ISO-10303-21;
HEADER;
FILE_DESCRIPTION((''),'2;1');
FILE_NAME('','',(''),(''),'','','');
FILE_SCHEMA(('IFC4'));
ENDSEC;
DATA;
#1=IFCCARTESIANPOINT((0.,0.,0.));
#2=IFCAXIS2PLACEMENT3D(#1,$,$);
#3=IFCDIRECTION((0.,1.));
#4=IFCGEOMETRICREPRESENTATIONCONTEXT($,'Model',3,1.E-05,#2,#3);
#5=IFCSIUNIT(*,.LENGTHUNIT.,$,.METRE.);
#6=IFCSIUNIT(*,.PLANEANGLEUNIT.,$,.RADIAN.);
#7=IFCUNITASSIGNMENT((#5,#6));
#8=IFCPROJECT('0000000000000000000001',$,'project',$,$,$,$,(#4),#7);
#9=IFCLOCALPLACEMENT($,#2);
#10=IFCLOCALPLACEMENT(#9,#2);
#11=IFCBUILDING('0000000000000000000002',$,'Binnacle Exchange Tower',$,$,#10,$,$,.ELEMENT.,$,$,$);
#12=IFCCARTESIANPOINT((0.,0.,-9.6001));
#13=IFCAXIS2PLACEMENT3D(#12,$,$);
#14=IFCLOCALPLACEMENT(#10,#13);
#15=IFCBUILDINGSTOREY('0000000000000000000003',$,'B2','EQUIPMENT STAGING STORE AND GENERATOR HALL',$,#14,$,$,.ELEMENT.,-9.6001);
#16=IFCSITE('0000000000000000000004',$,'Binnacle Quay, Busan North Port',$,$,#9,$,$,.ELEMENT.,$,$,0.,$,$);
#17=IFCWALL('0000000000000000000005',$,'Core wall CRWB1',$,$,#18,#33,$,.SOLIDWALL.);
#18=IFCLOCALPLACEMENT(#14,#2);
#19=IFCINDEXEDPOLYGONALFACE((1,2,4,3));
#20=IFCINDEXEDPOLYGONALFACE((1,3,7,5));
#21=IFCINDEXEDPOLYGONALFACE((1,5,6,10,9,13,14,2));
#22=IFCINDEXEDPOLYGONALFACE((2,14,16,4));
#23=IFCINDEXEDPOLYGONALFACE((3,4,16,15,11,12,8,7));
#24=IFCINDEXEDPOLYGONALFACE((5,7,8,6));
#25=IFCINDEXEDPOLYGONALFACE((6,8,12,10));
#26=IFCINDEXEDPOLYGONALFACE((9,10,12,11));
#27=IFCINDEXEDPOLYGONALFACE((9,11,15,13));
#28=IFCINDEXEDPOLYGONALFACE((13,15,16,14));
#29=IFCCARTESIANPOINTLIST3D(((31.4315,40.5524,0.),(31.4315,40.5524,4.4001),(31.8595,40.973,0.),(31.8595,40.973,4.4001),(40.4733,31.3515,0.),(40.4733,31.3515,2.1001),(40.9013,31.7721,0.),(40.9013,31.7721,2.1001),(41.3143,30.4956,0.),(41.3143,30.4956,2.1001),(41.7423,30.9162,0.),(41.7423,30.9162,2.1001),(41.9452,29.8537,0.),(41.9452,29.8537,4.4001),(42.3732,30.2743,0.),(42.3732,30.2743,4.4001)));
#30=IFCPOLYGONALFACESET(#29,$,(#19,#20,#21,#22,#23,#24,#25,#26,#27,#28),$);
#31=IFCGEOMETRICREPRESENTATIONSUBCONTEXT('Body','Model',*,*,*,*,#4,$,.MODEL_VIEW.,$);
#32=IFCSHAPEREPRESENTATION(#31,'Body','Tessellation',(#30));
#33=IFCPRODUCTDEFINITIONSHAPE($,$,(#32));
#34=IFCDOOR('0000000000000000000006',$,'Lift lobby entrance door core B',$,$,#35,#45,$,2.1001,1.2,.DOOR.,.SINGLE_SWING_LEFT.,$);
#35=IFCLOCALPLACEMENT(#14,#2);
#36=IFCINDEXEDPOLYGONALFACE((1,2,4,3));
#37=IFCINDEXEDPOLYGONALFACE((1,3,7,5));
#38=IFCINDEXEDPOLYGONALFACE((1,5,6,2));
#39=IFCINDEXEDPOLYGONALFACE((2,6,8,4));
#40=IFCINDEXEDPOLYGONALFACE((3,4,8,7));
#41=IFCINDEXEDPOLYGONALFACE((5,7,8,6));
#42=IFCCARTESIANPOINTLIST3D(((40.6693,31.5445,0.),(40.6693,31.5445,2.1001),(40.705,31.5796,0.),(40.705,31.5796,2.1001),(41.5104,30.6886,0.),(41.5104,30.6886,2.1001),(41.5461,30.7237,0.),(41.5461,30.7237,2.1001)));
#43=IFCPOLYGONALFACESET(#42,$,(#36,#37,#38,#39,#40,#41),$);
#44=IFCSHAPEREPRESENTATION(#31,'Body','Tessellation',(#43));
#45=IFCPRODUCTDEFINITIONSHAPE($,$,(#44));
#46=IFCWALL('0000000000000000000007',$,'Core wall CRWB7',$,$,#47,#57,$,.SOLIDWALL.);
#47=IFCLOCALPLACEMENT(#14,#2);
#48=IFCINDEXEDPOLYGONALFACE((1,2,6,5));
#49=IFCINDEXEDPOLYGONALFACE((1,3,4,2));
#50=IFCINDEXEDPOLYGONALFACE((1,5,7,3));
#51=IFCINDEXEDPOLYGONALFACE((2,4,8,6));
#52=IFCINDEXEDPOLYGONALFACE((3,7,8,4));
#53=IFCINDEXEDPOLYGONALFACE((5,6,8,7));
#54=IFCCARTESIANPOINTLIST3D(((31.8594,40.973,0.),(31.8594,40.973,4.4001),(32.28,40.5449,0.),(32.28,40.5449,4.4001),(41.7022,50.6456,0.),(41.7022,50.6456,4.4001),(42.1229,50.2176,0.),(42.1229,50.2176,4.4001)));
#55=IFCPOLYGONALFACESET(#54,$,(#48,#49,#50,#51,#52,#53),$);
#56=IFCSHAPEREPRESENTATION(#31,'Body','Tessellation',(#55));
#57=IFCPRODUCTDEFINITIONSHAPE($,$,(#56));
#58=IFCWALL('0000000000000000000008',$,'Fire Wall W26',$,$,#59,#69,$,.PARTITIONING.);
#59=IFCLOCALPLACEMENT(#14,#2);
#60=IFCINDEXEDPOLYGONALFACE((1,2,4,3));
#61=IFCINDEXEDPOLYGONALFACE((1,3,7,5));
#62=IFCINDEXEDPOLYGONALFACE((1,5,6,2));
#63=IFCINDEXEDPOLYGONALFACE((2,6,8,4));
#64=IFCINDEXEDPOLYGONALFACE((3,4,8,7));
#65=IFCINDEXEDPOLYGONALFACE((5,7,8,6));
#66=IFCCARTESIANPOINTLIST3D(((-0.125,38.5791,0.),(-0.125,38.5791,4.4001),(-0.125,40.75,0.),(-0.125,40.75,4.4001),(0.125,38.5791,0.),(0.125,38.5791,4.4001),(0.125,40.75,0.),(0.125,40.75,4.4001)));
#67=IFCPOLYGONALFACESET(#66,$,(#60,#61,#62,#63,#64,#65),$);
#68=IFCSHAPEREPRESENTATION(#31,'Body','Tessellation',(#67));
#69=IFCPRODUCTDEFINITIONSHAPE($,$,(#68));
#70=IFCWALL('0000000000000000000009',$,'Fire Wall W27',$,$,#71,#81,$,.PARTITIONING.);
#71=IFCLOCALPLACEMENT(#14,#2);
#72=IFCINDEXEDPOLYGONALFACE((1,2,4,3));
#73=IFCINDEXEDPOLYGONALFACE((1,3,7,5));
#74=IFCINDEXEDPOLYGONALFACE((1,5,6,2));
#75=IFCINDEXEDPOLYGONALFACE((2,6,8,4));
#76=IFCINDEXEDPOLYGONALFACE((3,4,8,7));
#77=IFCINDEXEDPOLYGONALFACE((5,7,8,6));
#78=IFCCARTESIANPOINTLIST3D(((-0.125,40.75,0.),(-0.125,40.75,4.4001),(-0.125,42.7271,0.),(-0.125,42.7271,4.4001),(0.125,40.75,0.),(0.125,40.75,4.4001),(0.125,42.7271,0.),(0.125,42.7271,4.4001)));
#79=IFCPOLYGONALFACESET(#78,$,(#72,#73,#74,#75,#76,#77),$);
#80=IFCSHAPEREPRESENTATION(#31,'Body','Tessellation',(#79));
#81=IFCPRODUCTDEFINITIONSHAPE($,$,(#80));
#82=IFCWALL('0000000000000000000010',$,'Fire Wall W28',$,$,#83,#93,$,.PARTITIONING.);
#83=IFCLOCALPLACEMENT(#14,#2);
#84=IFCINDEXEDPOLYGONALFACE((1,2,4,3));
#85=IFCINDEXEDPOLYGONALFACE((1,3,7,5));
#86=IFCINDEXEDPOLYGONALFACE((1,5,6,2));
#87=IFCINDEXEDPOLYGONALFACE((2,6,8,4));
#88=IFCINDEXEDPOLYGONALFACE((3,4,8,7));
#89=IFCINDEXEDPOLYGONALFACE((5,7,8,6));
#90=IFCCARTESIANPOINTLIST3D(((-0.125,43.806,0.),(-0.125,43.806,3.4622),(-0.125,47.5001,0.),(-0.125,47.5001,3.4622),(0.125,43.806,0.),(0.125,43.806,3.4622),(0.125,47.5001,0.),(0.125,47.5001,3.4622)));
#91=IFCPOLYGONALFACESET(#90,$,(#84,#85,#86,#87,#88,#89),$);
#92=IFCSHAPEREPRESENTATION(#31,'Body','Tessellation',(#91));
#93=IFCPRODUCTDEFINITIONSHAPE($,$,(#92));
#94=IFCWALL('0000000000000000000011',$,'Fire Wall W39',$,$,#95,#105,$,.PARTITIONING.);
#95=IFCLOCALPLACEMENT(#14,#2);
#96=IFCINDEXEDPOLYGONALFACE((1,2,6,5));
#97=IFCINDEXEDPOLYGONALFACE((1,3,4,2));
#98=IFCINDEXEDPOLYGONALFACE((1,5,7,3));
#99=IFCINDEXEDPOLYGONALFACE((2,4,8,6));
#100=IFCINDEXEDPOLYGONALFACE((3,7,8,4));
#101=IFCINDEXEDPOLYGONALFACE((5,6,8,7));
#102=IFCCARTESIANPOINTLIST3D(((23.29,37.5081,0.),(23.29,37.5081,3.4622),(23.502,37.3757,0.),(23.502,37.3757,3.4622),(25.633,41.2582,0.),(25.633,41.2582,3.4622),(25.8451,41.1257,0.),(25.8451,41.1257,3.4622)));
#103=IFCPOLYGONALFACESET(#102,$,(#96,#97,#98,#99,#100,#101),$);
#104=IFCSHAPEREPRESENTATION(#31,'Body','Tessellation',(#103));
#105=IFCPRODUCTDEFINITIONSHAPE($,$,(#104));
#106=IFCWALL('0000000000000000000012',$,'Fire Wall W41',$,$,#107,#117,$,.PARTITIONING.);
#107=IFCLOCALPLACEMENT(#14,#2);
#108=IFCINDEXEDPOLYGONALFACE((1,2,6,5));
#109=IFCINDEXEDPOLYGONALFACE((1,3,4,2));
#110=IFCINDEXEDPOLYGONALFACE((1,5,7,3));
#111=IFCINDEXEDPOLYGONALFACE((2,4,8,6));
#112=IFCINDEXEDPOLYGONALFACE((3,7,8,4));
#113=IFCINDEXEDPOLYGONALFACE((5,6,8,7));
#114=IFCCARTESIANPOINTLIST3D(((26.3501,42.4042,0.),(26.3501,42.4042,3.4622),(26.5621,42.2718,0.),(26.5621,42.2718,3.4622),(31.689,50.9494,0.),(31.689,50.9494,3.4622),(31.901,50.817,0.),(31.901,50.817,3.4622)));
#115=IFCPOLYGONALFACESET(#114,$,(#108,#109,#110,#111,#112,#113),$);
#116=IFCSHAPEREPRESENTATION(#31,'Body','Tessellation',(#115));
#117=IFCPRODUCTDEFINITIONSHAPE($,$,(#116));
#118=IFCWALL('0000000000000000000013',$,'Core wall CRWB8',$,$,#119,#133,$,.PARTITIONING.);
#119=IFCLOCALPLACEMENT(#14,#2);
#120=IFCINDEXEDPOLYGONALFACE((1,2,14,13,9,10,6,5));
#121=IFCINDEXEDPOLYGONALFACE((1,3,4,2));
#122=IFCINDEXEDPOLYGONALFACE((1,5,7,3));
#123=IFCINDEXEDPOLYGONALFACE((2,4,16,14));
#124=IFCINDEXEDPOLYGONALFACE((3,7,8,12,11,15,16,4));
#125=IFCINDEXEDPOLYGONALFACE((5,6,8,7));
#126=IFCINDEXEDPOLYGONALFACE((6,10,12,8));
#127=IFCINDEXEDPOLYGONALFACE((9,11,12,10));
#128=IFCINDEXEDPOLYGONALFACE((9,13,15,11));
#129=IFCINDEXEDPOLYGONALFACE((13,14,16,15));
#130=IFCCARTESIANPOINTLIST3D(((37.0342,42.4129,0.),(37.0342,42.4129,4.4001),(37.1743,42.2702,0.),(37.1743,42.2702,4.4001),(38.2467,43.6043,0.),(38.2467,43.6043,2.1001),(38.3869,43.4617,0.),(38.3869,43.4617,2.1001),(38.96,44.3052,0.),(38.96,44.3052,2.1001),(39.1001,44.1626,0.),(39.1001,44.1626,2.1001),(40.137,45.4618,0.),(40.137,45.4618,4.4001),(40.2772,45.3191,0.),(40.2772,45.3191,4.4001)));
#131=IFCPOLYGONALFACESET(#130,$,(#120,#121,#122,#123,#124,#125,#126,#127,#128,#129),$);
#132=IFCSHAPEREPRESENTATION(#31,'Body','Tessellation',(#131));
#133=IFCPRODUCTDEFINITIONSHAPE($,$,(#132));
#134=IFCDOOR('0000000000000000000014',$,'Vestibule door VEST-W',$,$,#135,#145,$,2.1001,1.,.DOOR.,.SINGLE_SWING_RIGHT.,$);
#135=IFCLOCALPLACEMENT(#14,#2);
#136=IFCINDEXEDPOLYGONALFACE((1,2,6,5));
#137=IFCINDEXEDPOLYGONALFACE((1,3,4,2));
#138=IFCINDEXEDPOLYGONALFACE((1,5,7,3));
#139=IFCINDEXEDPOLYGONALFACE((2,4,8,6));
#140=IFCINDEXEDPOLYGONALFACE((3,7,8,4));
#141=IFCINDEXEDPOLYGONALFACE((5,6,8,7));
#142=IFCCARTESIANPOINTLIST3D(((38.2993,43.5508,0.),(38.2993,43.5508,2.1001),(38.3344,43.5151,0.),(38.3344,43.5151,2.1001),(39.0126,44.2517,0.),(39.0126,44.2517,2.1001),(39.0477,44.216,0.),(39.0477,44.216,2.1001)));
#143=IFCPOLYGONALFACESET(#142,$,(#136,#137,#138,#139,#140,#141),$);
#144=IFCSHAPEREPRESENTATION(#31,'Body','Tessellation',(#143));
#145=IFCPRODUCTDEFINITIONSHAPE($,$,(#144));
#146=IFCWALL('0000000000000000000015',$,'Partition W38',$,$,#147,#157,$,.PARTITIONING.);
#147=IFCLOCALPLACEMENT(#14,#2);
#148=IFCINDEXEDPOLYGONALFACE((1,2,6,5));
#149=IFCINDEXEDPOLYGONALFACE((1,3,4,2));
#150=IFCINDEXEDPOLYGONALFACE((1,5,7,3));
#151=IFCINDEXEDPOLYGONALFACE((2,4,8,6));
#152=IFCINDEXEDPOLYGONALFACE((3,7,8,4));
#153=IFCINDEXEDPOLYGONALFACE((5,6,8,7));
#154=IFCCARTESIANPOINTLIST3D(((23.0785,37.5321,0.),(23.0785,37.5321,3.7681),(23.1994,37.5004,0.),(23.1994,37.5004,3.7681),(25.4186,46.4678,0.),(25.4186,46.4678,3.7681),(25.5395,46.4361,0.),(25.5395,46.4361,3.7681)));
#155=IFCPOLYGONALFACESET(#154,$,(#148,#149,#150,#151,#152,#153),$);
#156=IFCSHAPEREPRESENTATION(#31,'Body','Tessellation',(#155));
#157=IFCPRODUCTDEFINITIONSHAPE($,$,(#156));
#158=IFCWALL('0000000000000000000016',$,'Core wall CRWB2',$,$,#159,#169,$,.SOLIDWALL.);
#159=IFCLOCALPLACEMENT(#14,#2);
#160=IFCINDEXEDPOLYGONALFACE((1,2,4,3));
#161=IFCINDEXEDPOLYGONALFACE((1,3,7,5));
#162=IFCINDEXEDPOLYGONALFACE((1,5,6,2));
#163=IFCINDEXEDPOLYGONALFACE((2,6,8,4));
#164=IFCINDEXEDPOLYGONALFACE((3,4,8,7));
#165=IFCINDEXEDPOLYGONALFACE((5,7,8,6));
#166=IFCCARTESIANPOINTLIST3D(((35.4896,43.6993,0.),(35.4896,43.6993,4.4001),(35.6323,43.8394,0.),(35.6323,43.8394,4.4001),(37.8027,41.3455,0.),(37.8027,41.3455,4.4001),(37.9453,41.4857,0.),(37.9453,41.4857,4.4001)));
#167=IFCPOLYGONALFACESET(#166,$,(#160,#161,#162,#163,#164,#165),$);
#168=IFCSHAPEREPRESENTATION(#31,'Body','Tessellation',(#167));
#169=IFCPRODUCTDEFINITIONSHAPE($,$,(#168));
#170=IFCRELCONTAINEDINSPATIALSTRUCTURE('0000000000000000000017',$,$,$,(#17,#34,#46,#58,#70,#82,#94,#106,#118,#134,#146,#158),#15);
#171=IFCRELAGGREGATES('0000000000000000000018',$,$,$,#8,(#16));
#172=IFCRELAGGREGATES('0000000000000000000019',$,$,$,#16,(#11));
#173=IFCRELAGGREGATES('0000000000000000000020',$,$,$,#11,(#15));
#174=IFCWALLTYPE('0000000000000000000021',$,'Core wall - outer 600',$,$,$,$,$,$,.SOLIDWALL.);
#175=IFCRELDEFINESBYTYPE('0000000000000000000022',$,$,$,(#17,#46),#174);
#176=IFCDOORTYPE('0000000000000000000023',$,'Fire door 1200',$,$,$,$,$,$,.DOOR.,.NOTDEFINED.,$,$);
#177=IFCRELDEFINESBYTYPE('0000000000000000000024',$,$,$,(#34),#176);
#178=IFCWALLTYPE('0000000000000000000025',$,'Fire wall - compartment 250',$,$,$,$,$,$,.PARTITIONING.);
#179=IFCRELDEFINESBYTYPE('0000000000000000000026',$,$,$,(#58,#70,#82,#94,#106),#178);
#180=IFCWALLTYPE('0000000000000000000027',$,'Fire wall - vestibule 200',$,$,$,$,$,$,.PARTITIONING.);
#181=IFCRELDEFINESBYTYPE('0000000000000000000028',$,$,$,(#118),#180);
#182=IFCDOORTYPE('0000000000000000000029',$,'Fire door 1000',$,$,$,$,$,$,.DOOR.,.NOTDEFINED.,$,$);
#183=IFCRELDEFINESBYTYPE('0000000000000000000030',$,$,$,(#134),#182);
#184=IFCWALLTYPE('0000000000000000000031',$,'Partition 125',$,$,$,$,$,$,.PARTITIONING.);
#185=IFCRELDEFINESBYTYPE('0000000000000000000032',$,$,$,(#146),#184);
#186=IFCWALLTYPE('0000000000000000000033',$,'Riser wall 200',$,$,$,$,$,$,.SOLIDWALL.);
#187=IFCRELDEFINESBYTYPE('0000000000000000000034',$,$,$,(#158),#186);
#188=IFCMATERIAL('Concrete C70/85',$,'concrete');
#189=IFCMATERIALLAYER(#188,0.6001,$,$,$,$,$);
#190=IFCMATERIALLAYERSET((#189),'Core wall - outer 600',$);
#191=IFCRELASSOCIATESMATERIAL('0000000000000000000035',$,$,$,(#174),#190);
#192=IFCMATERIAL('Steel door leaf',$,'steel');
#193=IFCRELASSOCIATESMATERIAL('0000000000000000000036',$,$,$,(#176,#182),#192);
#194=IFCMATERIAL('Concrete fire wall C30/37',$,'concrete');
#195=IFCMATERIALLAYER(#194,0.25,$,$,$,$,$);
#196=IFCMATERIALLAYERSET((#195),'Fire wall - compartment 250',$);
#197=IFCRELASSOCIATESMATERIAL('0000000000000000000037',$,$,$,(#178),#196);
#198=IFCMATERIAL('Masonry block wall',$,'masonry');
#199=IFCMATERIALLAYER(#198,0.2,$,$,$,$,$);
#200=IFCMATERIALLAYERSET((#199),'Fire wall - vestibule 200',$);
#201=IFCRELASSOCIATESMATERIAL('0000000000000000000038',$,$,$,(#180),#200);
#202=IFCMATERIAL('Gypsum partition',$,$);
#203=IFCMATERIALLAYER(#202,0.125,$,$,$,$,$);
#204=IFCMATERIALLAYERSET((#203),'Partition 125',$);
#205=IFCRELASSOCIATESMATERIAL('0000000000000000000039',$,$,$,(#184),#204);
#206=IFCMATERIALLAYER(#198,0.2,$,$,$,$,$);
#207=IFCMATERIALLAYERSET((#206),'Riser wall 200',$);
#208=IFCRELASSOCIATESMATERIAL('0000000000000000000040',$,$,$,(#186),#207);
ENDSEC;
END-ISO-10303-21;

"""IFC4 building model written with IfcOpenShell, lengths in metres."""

from ifc_helpers import new_model, si_unit, direction, frame, frame_2d, origin, place, context, subcontext, project, spatial, rectangle, extrude, material, layer, layer_set, type_object, element, fill, save


model = new_model("IFC4")

# Units and contexts
model_context = context("Model", 3, precision=1e-05, world=origin(), true_north=direction((0.0, 1.0)))
body_context = subcontext(model_context, "Body", "Model", "MODEL_VIEW")
ifc_project = project(units=[si_unit("LENGTHUNIT", "METRE"), si_unit("PLANEANGLEUNIT", "RADIAN")], contexts=[model_context])

# Site, building, storey
site_placement = place(None, origin())
site = spatial("IfcSite", under=ifc_project, at=site_placement, Name="Binnacle Quay, Busan North Port", CompositionType="ELEMENT", RefElevation=0.0)
building_placement = place(site_placement, origin())
building = spatial("IfcBuilding", under=site, at=building_placement, Name="Binnacle Exchange Tower", CompositionType="ELEMENT")
storey_placement = place(building_placement, frame((0.0, 0.0, -9.6001)))
storey = spatial("IfcBuildingStorey", under=building, at=storey_placement, Name="B2", Description="EQUIPMENT STAGING STORE AND GENERATOR HALL", CompositionType="ELEMENT", Elevation=-9.6001)

# Shared definitions
ifc_material_1 = material(Name="Concrete C70/85", Category="concrete")

# Wall, opening, door
ifc_layer_1 = layer(ifc_material_1, 0.6001)
ifc_layer_set_1 = layer_set([ifc_layer_1], Name="Core wall - outer 600")
wall_type_1 = type_object("IfcWallType", Name="Core wall - outer 600", PredefinedType="SOLIDWALL", material=ifc_layer_set_1)
wall_1_placement = place(storey_placement, frame((31.6455, 40.7627, 0.0), z_axis=(0.0, 0.0, 1.0), x_axis=(0.700911, -0.713248, 0.0)))
wall_1 = element("IfcWall", 1, at=wall_1_placement, inside=storey, type_object=wall_type_1, Name="Core wall CRWB1", PredefinedType="SOLIDWALL", context=body_context, shape_type="SweptSolid", body=[
    extrude(rectangle(XDim=15.0, YDim=0.6001, at=frame_2d((7.5, 0.0))), origin(), (0.0, 0.0, 1.0), 4.4001),
])
opening_1_placement = place(wall_1_placement, frame((12.8999, 0.0, 0.0)))
opening_1 = element("IfcOpeningElement", 2, at=opening_1_placement, cuts=wall_1, PredefinedType="OPENING", context=body_context, shape_type="SweptSolid", body=[
    extrude(rectangle(XDim=1.2, YDim=2.1001, at=frame_2d((0.6001, 1.05))), frame((0.0, 0.3101, 0.0), z_axis=(0.0, -1.0, 0.0), x_axis=(1.0, 0.0, 0.0)), (0.0, 0.0, 1.0), 0.6201),
])
ifc_material_2 = material(Name="Steel door leaf", Category="steel")
door_type_1 = type_object("IfcDoorType", Name="Fire door 1200", OperationType="NOTDEFINED", PredefinedType="DOOR", material=ifc_material_2)
door_1_placement = place(opening_1_placement, frame((1.2, 0.0, 0.0), z_axis=(0.0, 0.0, 1.0), x_axis=(-1.0, 0.0, 0.0)))
door_1 = element("IfcDoor", 3, at=door_1_placement, inside=storey, type_object=door_type_1, Name="Lift lobby entrance door core B", OperationType="SINGLE_SWING_LEFT", OverallHeight=2.1001, OverallWidth=1.2, PredefinedType="DOOR", context=body_context, shape_type="SweptSolid", body=[
    extrude(rectangle(XDim=1.2, YDim=2.1001, at=frame_2d((0.6001, 1.05))), frame((0.0, 0.0249, 0.0), z_axis=(0.0, -1.0, 0.0), x_axis=(1.0, 0.0, 0.0)), (0.0, 0.0, 1.0), 0.05),
])
fill(opening_1, door_1)

# Walls
wall_2_placement = place(storey_placement, frame((32.0698, 40.759, 0.0), z_axis=(0.0, 0.0, 1.0), x_axis=(0.713245, 0.700914, 0.0)))
element("IfcWall", 4, at=wall_2_placement, inside=storey, type_object=wall_type_1, Name="Core wall CRWB7", PredefinedType="SOLIDWALL", context=body_context, shape_type="SweptSolid", body=[
    extrude(rectangle(XDim=13.8, YDim=0.6001, at=frame_2d((6.8999, 0.0))), origin(), (0.0, 0.0, 1.0), 4.4001),
])
ifc_material_3 = material(Name="Concrete fire wall C30/37", Category="concrete")
ifc_layer_2 = layer(ifc_material_3, 0.25)
ifc_layer_set_2 = layer_set([ifc_layer_2], Name="Fire wall - compartment 250")
wall_type_2 = type_object("IfcWallType", Name="Fire wall - compartment 250", PredefinedType="PARTITIONING", material=ifc_layer_set_2)
wall_3_placement = place(storey_placement, frame((0.0, 38.5791, 0.0), z_axis=(0.0, 0.0, 1.0), x_axis=(0.0, 1.0, 0.0)))
element("IfcWall", 5, at=wall_3_placement, inside=storey, type_object=wall_type_2, Name="Fire Wall W26", PredefinedType="PARTITIONING", context=body_context, shape_type="SweptSolid", body=[
    extrude(rectangle(XDim=2.1709, YDim=0.25, at=frame_2d((1.0854, 0.0))), origin(), (0.0, 0.0, 1.0), 4.4001),
])
wall_4_placement = place(storey_placement, frame((0.0, 40.75, 0.0), z_axis=(0.0, 0.0, 1.0), x_axis=(0.0, 1.0, 0.0)))
element("IfcWall", 6, at=wall_4_placement, inside=storey, type_object=wall_type_2, Name="Fire Wall W27", PredefinedType="PARTITIONING", context=body_context, shape_type="SweptSolid", body=[
    extrude(rectangle(XDim=1.9771, YDim=0.25, at=frame_2d((0.9885, 0.0))), origin(), (0.0, 0.0, 1.0), 4.4001),
])
wall_5_placement = place(storey_placement, frame((0.0, 43.8059, 0.0), z_axis=(0.0, 0.0, 1.0), x_axis=(0.0, 1.0, 0.0)))
element("IfcWall", 7, at=wall_5_placement, inside=storey, type_object=wall_type_2, Name="Fire Wall W28", PredefinedType="PARTITIONING", context=body_context, shape_type="SweptSolid", body=[
    extrude(rectangle(XDim=3.6941, YDim=0.25, at=frame_2d((1.8472, 0.0))), origin(), (0.0, 0.0, 1.0), 3.4622),
])
wall_6_placement = place(storey_placement, frame((23.396, 37.4419, 0.0), z_axis=(0.0, 0.0, 1.0), x_axis=(0.52988, 0.848073, 0.0)))
element("IfcWall", 8, at=wall_6_placement, inside=storey, type_object=wall_type_2, Name="Fire Wall W39", PredefinedType="PARTITIONING", context=body_context, shape_type="SweptSolid", body=[
    extrude(rectangle(XDim=4.4219, YDim=0.25, at=frame_2d((2.2109, 0.0))), origin(), (0.0, 0.0, 1.0), 3.4622),
])
wall_7_placement = place(storey_placement, frame((26.4561, 42.3379, 0.0), z_axis=(0.0, 0.0, 1.0), x_axis=(0.529866, 0.848081, 0.0)))
element("IfcWall", 9, at=wall_7_placement, inside=storey, type_object=wall_type_2, Name="Fire Wall W41", PredefinedType="PARTITIONING", context=body_context, shape_type="SweptSolid", body=[
    extrude(rectangle(XDim=10.0759, YDim=0.25, at=frame_2d((5.0381, 0.0))), origin(), (0.0, 0.0, 1.0), 3.4622),
])

# Wall, opening, door
ifc_material_4 = material(Name="Masonry block wall", Category="masonry")
ifc_layer_3 = layer(ifc_material_4, 0.2)
ifc_layer_set_3 = layer_set([ifc_layer_3], Name="Fire wall - vestibule 200")
wall_type_3 = type_object("IfcWallType", Name="Fire wall - vestibule 200", PredefinedType="PARTITIONING", material=ifc_layer_set_3)
wall_8_placement = place(storey_placement, frame((37.1042, 42.3416, 0.0), z_axis=(0.0, 0.0, 1.0), x_axis=(0.713281, 0.700878, 0.0)))
wall_8 = element("IfcWall", 10, at=wall_8_placement, inside=storey, type_object=wall_type_3, Name="Core wall CRWB8", PredefinedType="PARTITIONING", context=body_context, shape_type="SweptSolid", body=[
    extrude(rectangle(XDim=4.3501, YDim=0.2, at=frame_2d((2.175, 0.0))), origin(), (0.0, 0.0, 1.0), 4.4001),
])
opening_2_placement = place(wall_8_placement, frame((1.7, 0.0, 0.0)))
opening_2 = element("IfcOpeningElement", 11, at=opening_2_placement, cuts=wall_8, PredefinedType="OPENING", context=body_context, shape_type="SweptSolid", body=[
    extrude(rectangle(XDim=1.0, YDim=2.1001, at=frame_2d((0.5, 1.05))), frame((0.0, 0.1099, 0.0), z_axis=(0.0, -1.0, 0.0), x_axis=(1.0, 0.0, 0.0)), (0.0, 0.0, 1.0), 0.22),
])
door_type_2 = type_object("IfcDoorType", Name="Fire door 1000", OperationType="NOTDEFINED", PredefinedType="DOOR", material=ifc_material_2)
door_2_placement = place(opening_2_placement, origin())
door_2 = element("IfcDoor", 12, at=door_2_placement, inside=storey, type_object=door_type_2, Name="Vestibule door VEST-W", OperationType="SINGLE_SWING_RIGHT", OverallHeight=2.1001, OverallWidth=1.0, PredefinedType="DOOR", context=body_context, shape_type="SweptSolid", body=[
    extrude(rectangle(XDim=1.0, YDim=2.1001, at=frame_2d((0.5, 1.05))), frame((0.0, 0.0249, 0.0), z_axis=(0.0, -1.0, 0.0), x_axis=(1.0, 0.0, 0.0)), (0.0, 0.0, 1.0), 0.05),
])
fill(opening_2, door_2)

# Walls
ifc_material_5 = material(Name="Gypsum partition")
ifc_layer_4 = layer(ifc_material_5, 0.125)
ifc_layer_set_4 = layer_set([ifc_layer_4], Name="Partition 125")
wall_type_4 = type_object("IfcWallType", Name="Partition 125", PredefinedType="PARTITIONING", material=ifc_layer_set_4)
wall_9_placement = place(storey_placement, frame((23.1389, 37.5161, 0.0), z_axis=(0.0, 0.0, 1.0), x_axis=(0.253335, 0.967379, 0.0)))
element("IfcWall", 13, at=wall_9_placement, inside=storey, type_object=wall_type_4, Name="Partition W38", PredefinedType="PARTITIONING", context=body_context, shape_type="SweptSolid", body=[
    extrude(rectangle(XDim=9.2371, YDim=0.125, at=frame_2d((4.6187, 0.0))), origin(), (0.0, 0.0, 1.0), 3.7681),
])
ifc_layer_5 = layer(ifc_material_4, 0.2)
ifc_layer_set_5 = layer_set([ifc_layer_5], Name="Riser wall 200")
wall_type_5 = type_object("IfcWallType", Name="Riser wall 200", PredefinedType="SOLIDWALL", material=ifc_layer_set_5)
wall_10_placement = place(storey_placement, frame((35.561, 43.7693, 0.0), z_axis=(0.0, 0.0, 1.0), x_axis=(0.700902, -0.713257, 0.0)))
element("IfcWall", 14, at=wall_10_placement, inside=storey, type_object=wall_type_5, Name="Core wall CRWB2", PredefinedType="SOLIDWALL", context=body_context, shape_type="SweptSolid", body=[
    extrude(rectangle(XDim=3.3, YDim=0.2, at=frame_2d((1.6499, 0.0))), origin(), (0.0, 0.0, 1.0), 4.4001),
])

save(model, "model.ifc")
